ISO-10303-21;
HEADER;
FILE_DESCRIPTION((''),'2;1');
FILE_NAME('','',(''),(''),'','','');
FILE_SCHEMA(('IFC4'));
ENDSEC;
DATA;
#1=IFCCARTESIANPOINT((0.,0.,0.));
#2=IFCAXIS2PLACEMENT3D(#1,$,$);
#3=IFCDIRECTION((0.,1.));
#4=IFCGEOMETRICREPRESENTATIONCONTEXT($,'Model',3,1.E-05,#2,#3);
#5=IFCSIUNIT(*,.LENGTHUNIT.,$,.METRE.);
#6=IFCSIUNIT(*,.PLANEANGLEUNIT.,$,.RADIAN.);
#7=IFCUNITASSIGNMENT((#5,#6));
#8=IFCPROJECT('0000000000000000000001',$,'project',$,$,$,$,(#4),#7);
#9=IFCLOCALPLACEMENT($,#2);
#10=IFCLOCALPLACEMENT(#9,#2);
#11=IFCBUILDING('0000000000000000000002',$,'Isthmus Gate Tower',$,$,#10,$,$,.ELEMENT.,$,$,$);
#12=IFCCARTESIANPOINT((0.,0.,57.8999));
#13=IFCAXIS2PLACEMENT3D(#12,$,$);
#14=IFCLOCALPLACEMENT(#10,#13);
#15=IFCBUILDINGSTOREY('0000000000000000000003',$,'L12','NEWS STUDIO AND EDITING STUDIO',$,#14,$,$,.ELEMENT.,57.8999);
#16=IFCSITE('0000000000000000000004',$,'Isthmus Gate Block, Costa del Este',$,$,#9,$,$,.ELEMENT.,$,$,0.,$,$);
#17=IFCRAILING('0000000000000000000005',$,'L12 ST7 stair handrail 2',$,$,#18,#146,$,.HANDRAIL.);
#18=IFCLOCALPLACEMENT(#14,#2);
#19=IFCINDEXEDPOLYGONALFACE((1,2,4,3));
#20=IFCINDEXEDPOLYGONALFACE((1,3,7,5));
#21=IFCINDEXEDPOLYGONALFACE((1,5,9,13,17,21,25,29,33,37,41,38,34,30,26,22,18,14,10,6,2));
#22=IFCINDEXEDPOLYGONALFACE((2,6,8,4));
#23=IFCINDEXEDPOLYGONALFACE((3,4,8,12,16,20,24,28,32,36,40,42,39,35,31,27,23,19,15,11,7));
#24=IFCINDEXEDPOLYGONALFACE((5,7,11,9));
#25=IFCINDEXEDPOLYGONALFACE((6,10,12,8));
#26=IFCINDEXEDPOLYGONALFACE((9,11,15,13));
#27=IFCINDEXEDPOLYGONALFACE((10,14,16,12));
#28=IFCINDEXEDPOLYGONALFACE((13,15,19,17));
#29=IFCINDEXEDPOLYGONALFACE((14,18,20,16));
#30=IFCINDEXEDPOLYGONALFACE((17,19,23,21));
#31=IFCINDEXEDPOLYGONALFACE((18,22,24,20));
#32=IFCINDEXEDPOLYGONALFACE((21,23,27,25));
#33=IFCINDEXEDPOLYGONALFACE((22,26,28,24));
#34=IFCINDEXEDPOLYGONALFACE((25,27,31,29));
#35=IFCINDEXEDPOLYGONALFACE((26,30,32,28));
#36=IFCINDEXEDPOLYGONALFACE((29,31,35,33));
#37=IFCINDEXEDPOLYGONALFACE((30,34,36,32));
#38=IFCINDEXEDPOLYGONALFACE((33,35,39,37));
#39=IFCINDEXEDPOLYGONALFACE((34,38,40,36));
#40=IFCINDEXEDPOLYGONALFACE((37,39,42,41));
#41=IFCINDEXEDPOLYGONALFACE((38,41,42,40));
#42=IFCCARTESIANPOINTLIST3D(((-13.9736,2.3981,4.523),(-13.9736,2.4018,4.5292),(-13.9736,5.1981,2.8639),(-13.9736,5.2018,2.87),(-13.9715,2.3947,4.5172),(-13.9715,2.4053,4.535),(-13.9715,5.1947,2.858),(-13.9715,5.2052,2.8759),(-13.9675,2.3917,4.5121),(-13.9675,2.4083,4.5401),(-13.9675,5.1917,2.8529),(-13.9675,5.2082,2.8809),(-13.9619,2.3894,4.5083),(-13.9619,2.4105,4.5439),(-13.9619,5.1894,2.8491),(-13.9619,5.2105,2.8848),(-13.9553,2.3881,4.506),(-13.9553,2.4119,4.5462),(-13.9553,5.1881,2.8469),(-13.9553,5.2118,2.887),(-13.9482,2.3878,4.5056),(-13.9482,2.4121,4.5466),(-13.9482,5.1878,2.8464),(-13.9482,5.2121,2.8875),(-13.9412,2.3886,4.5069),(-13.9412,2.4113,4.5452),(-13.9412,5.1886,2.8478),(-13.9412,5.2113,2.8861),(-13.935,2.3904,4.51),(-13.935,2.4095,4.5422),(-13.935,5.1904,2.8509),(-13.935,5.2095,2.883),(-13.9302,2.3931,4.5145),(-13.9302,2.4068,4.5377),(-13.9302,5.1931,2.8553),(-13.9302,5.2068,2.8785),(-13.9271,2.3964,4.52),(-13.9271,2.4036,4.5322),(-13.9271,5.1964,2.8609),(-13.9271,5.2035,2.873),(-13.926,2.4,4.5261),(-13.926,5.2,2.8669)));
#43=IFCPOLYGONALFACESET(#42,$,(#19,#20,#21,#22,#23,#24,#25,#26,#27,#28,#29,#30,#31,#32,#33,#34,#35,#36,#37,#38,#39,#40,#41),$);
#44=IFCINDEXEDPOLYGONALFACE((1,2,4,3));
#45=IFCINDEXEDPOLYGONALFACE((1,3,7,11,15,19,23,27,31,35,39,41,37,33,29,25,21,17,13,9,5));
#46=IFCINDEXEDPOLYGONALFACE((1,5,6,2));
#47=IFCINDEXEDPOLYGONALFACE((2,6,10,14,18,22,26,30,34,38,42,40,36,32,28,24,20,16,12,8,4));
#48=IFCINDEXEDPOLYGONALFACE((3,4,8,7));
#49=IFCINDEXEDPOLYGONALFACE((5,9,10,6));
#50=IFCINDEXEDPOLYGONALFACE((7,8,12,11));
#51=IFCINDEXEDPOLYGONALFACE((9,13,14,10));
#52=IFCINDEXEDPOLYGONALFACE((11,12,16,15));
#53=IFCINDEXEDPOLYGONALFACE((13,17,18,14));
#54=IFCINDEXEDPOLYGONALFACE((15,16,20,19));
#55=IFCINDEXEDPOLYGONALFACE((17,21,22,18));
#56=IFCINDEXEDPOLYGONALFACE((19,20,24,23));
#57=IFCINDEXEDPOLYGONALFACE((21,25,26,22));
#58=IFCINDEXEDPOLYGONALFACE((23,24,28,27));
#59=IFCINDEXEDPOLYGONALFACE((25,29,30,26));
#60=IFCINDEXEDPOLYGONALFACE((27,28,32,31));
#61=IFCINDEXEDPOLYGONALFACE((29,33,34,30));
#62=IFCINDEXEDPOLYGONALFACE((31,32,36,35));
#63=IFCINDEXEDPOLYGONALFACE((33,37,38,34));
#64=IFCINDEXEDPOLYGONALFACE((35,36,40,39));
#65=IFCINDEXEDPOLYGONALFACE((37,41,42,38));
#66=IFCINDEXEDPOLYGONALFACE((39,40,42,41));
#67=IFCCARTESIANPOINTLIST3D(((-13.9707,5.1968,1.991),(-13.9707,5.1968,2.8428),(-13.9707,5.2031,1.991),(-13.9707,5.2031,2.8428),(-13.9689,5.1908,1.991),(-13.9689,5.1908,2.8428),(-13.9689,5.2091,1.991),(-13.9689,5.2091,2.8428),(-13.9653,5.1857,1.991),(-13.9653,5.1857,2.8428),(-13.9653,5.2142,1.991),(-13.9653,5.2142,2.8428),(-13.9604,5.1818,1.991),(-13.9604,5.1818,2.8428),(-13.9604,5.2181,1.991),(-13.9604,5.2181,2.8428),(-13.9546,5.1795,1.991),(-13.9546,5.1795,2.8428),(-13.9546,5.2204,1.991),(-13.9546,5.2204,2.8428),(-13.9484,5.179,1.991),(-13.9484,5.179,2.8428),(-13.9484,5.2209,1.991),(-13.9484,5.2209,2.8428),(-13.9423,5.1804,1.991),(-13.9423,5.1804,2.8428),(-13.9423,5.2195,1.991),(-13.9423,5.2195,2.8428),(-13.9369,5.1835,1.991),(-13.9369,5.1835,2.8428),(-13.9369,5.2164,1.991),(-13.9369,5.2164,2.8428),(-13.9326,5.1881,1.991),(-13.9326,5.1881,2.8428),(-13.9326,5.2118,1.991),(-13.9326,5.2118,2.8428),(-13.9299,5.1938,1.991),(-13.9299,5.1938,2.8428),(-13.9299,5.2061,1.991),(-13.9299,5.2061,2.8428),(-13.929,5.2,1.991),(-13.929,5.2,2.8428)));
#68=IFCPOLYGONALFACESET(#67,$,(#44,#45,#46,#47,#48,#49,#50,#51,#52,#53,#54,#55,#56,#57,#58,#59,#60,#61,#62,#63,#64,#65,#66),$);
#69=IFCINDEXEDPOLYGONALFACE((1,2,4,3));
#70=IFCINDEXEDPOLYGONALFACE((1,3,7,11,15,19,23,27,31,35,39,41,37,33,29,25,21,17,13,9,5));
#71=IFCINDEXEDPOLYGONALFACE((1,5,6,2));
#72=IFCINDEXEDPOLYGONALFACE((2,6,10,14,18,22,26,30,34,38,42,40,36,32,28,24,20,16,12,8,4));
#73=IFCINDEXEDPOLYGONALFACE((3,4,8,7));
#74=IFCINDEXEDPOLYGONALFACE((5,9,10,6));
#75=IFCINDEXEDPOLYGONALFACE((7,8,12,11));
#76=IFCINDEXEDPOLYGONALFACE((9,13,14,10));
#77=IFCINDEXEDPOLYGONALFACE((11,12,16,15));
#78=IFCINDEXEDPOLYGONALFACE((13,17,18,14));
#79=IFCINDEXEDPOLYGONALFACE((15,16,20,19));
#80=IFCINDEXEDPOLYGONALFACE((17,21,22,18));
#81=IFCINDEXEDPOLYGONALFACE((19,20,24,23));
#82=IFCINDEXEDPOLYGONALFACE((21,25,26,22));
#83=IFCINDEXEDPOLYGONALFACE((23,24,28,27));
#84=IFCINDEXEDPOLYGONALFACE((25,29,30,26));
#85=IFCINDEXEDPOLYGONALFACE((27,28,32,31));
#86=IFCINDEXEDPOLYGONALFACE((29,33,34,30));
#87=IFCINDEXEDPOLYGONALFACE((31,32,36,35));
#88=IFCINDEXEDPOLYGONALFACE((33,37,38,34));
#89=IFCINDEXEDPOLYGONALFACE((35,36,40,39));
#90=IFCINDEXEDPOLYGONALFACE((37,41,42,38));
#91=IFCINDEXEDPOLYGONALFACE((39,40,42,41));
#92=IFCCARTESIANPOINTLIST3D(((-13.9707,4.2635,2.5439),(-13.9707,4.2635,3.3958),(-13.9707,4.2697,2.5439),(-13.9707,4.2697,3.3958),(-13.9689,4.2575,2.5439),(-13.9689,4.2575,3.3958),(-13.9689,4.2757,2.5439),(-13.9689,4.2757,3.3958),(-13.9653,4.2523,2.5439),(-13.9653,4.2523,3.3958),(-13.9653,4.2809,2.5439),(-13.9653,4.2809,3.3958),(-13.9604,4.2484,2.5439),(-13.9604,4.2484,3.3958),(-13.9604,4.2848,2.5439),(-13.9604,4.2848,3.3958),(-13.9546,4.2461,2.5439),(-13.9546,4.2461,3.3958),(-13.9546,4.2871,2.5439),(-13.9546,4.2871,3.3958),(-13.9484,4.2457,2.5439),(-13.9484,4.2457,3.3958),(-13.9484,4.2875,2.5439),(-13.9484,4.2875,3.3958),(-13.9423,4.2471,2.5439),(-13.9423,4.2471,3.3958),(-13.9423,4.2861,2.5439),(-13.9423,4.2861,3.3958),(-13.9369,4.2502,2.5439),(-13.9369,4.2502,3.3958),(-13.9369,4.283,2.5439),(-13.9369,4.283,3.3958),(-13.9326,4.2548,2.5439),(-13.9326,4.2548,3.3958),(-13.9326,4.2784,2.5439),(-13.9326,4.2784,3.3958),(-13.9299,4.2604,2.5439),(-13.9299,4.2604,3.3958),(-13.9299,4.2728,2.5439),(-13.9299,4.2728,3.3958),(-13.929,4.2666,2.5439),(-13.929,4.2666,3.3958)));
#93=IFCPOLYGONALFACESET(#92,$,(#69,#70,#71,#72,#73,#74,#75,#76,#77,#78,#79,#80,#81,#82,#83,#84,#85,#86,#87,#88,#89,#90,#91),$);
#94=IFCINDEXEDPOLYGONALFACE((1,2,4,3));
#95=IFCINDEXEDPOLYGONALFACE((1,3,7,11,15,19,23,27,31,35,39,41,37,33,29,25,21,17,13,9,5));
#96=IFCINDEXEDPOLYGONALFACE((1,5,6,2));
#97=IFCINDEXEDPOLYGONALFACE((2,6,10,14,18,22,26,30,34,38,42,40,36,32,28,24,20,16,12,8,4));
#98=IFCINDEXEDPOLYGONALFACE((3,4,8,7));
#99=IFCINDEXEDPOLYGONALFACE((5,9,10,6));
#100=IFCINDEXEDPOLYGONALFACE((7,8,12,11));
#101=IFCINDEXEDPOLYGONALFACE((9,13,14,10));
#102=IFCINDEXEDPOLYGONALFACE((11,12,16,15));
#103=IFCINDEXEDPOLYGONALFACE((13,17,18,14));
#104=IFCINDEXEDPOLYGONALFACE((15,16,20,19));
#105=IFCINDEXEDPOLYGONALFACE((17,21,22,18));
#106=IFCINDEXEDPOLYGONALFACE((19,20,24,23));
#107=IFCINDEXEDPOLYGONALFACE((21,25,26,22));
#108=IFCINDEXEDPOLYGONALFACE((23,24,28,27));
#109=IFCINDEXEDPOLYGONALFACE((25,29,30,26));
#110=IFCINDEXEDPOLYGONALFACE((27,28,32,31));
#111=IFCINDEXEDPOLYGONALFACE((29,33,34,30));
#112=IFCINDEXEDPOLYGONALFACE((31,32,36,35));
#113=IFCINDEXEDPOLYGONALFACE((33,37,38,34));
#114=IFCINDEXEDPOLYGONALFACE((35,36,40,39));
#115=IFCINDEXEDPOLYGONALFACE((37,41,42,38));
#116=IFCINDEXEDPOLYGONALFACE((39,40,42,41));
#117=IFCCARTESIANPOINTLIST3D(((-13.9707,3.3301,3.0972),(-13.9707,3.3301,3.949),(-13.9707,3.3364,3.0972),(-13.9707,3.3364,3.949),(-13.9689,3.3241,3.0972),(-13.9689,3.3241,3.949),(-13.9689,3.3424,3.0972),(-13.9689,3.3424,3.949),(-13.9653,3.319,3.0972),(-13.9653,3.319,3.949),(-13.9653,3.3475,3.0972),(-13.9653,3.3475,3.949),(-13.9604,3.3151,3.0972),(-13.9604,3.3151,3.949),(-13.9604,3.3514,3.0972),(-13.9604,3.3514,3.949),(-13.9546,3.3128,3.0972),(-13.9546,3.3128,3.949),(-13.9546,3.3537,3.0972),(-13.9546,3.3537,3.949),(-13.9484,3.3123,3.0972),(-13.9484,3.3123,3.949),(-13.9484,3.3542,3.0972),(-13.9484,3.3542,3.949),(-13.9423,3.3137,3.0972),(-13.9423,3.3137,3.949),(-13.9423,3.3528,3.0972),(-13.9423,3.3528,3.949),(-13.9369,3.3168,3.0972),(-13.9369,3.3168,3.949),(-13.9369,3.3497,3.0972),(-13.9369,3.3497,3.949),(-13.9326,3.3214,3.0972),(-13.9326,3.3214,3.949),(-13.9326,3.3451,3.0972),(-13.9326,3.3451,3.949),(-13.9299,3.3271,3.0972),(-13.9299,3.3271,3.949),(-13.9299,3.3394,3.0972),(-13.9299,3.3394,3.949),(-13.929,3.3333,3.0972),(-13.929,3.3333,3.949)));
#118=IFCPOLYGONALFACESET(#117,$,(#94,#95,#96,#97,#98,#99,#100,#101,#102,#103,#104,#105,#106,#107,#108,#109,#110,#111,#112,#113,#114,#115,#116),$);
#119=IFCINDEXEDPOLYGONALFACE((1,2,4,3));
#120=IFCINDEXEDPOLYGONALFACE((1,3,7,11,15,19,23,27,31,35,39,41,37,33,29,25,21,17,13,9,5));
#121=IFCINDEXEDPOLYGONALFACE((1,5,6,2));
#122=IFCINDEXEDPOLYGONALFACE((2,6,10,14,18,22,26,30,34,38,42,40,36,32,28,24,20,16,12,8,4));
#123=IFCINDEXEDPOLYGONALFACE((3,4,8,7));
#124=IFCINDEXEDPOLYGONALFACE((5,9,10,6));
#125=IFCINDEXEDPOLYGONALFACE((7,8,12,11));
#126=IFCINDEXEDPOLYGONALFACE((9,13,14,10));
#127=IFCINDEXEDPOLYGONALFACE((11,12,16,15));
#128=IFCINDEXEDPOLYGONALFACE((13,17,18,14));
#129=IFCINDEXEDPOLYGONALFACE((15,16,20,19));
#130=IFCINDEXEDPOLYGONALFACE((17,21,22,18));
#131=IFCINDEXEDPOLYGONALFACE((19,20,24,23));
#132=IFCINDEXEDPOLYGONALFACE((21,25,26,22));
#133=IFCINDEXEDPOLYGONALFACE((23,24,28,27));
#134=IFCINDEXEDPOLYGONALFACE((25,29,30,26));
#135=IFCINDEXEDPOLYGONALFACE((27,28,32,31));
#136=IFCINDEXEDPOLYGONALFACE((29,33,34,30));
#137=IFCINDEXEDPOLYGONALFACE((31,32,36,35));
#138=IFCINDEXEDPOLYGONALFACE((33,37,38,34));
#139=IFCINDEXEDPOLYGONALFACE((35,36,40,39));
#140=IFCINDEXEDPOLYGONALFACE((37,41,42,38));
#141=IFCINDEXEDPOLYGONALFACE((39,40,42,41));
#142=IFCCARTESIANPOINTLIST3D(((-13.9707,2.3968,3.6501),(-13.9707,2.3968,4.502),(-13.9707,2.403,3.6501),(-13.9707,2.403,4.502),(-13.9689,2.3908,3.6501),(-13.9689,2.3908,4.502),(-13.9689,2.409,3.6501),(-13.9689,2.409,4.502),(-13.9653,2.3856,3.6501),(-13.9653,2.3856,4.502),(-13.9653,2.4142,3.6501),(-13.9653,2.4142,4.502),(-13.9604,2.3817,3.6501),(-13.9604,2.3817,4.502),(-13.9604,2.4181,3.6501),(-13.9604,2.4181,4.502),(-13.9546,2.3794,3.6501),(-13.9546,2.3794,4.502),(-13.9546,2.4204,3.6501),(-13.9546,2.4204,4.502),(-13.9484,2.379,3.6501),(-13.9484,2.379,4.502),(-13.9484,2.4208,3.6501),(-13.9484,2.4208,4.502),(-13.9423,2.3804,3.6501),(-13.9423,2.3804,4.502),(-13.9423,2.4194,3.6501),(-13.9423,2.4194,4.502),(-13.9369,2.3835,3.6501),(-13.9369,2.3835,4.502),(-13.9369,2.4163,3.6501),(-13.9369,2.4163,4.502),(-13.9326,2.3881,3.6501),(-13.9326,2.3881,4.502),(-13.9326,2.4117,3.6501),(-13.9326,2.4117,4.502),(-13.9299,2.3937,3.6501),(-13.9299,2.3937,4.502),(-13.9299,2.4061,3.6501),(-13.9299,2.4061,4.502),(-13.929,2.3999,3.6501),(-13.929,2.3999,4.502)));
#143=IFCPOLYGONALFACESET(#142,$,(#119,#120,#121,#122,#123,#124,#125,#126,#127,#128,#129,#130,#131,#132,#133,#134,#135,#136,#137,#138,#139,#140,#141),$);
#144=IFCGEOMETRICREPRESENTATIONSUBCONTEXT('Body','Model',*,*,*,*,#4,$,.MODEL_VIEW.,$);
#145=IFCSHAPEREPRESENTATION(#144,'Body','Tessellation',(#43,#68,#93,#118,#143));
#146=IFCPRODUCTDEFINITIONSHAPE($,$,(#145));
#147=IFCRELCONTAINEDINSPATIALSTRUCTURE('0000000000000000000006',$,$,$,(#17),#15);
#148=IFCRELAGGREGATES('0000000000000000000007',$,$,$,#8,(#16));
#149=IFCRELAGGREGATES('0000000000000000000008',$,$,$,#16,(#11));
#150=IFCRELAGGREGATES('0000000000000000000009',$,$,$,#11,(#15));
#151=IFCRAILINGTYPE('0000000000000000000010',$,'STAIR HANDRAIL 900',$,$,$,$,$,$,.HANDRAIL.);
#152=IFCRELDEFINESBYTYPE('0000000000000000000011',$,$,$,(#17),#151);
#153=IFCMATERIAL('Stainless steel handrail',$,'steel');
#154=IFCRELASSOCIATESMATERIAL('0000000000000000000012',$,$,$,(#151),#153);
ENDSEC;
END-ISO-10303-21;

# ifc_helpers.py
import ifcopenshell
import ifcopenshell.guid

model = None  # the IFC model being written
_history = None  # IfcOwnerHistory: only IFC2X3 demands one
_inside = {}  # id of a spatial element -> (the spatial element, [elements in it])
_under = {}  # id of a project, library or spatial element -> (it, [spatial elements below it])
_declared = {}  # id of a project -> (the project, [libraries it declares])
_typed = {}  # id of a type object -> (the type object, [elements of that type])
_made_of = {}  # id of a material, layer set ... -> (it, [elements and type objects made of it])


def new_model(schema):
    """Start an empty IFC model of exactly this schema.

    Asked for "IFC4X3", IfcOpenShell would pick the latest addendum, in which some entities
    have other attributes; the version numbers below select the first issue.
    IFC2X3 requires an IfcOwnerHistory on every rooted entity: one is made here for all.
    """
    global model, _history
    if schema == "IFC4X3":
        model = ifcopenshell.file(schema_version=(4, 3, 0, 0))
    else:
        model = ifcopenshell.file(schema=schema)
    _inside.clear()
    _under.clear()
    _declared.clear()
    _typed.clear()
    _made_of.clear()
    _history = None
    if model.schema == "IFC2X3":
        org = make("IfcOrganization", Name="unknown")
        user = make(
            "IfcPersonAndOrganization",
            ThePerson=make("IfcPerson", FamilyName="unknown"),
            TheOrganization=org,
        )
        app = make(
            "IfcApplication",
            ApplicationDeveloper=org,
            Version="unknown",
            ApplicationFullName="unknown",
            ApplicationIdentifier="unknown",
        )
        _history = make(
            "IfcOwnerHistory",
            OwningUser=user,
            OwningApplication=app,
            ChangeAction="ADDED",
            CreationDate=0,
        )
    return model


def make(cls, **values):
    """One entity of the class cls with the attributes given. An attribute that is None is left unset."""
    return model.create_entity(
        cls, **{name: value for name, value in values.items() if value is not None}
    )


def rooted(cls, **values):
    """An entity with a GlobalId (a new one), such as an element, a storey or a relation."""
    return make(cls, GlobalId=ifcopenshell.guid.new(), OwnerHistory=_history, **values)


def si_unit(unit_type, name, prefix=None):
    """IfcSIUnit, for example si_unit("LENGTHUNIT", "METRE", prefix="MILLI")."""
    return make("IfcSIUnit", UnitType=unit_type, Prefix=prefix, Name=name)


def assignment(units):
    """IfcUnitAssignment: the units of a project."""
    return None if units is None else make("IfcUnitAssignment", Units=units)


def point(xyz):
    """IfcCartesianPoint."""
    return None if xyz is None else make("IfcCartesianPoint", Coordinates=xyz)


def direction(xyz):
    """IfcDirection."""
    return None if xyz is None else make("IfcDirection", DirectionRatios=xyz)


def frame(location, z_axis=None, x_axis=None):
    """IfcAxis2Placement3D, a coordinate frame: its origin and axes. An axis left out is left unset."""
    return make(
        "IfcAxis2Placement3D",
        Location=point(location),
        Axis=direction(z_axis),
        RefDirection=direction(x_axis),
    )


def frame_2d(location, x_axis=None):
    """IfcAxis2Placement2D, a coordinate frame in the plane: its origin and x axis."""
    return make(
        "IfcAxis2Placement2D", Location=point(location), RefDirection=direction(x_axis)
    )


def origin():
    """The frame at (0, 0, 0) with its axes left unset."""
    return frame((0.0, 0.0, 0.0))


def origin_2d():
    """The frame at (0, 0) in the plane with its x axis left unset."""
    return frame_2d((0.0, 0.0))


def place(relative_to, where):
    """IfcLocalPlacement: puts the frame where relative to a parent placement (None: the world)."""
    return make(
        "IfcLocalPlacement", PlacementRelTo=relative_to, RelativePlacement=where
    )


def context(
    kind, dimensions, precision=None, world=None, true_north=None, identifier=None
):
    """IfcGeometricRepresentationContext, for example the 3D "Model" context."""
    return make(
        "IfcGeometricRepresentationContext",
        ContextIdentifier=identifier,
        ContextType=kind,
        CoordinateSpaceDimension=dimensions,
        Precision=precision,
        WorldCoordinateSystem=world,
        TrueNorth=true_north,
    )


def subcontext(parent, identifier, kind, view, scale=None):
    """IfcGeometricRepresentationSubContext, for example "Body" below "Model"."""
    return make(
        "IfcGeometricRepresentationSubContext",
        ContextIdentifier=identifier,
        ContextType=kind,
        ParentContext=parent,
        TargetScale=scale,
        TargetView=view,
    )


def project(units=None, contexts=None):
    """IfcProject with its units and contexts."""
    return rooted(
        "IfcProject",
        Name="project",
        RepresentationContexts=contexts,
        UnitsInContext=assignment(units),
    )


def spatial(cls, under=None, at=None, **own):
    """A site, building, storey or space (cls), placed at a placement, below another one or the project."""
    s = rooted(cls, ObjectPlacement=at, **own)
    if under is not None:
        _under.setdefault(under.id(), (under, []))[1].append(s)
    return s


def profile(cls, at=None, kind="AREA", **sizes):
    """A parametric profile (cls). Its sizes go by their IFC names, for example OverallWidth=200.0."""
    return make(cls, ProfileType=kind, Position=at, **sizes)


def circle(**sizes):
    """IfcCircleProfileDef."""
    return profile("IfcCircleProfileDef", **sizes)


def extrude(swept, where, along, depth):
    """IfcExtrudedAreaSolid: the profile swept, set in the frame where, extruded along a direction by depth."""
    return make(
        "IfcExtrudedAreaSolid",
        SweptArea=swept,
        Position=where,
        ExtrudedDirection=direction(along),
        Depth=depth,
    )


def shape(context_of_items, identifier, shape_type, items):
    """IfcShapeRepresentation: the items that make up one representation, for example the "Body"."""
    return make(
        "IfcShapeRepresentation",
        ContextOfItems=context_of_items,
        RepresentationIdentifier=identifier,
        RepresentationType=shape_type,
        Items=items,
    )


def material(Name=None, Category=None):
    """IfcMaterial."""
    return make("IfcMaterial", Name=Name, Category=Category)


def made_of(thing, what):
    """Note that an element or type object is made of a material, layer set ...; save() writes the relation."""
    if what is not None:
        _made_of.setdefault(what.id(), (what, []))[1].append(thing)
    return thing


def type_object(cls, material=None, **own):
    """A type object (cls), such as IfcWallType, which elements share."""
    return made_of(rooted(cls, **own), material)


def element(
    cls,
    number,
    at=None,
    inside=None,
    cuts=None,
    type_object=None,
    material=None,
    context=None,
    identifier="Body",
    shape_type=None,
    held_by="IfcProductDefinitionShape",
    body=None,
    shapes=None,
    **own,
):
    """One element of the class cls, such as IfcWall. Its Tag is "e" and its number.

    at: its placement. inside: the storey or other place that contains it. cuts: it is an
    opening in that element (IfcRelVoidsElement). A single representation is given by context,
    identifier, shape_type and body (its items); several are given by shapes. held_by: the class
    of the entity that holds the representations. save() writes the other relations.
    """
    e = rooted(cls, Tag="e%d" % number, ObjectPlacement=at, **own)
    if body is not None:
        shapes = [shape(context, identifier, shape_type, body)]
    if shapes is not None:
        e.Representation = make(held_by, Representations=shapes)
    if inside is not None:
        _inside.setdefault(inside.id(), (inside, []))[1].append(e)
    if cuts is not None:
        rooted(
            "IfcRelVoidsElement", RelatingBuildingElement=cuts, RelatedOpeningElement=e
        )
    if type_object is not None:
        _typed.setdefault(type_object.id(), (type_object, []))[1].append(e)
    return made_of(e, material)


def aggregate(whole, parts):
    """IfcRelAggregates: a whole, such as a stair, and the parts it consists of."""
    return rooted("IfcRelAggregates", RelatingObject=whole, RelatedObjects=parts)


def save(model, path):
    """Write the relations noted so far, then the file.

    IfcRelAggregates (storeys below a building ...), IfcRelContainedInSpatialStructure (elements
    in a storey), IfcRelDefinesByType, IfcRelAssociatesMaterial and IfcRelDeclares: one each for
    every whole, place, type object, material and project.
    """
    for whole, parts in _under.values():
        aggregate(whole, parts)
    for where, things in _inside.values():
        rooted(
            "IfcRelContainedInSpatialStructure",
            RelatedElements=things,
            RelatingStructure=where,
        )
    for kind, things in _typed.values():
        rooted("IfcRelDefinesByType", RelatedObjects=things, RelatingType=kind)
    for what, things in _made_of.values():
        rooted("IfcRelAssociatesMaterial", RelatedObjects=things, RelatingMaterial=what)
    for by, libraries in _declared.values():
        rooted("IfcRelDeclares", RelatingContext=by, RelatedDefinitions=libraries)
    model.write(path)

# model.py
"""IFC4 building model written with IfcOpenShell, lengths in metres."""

from ifc_helpers import new_model, si_unit, direction, frame, origin, origin_2d, place, context, subcontext, project, spatial, circle, extrude, material, type_object, element, save


model = new_model("IFC4")

# Units and contexts
model_context = context("Model", 3, precision=1e-05, world=origin(), true_north=direction((0.0, 1.0)))
body_context = subcontext(model_context, "Body", "Model", "MODEL_VIEW")
ifc_project = project(units=[si_unit("LENGTHUNIT", "METRE"), si_unit("PLANEANGLEUNIT", "RADIAN")], contexts=[model_context])

# Site, building, storey
site_placement = place(None, origin())
site = spatial("IfcSite", under=ifc_project, at=site_placement, Name="Isthmus Gate Block, Costa del Este", CompositionType="ELEMENT", RefElevation=0.0)
building_placement = place(site_placement, origin())
building = spatial("IfcBuilding", under=site, at=building_placement, Name="Isthmus Gate Tower", CompositionType="ELEMENT")
storey_placement = place(building_placement, frame((0.0, 0.0, 57.8999)))
storey = spatial("IfcBuildingStorey", under=building, at=storey_placement, Name="L12", Description="NEWS STUDIO AND EDITING STUDIO", CompositionType="ELEMENT", Elevation=57.8999)

# Railing
ifc_material_1 = material(Name="Stainless steel handrail", Category="steel")
railing_type_1 = type_object("IfcRailingType", Name="STAIR HANDRAIL 900", PredefinedType="HANDRAIL", material=ifc_material_1)
railing_1_placement = place(storey_placement, frame((-13.95, 5.2, 1.991)))
element("IfcRailing", 1, at=railing_1_placement, inside=storey, type_object=railing_type_1, Name="L12 ST7 stair handrail 2", PredefinedType="HANDRAIL", context=body_context, shape_type="SweptSolid", body=[
    extrude(circle(Radius=0.0239, at=origin_2d()), frame((0.0, 0.0, 0.876), z_axis=(0.0, -0.860306, 0.509778), x_axis=(1.0, 0.0, 0.0)), (0.0, 0.0, 1.0), 3.2546),
    extrude(circle(Radius=0.021, at=origin_2d()), origin(), (0.0, 0.0, 1.0), 0.8518),
    extrude(circle(Radius=0.021, at=origin_2d()), frame((0.0, -0.9333, 0.553)), (0.0, 0.0, 1.0), 0.8518),
    extrude(circle(Radius=0.021, at=origin_2d()), frame((0.0, -1.8667, 1.1062)), (0.0, 0.0, 1.0), 0.8518),
    extrude(circle(Radius=0.021, at=origin_2d()), frame((0.0, -2.8, 1.6592)), (0.0, 0.0, 1.0), 0.8518),
])

save(model, "model.ifc")
